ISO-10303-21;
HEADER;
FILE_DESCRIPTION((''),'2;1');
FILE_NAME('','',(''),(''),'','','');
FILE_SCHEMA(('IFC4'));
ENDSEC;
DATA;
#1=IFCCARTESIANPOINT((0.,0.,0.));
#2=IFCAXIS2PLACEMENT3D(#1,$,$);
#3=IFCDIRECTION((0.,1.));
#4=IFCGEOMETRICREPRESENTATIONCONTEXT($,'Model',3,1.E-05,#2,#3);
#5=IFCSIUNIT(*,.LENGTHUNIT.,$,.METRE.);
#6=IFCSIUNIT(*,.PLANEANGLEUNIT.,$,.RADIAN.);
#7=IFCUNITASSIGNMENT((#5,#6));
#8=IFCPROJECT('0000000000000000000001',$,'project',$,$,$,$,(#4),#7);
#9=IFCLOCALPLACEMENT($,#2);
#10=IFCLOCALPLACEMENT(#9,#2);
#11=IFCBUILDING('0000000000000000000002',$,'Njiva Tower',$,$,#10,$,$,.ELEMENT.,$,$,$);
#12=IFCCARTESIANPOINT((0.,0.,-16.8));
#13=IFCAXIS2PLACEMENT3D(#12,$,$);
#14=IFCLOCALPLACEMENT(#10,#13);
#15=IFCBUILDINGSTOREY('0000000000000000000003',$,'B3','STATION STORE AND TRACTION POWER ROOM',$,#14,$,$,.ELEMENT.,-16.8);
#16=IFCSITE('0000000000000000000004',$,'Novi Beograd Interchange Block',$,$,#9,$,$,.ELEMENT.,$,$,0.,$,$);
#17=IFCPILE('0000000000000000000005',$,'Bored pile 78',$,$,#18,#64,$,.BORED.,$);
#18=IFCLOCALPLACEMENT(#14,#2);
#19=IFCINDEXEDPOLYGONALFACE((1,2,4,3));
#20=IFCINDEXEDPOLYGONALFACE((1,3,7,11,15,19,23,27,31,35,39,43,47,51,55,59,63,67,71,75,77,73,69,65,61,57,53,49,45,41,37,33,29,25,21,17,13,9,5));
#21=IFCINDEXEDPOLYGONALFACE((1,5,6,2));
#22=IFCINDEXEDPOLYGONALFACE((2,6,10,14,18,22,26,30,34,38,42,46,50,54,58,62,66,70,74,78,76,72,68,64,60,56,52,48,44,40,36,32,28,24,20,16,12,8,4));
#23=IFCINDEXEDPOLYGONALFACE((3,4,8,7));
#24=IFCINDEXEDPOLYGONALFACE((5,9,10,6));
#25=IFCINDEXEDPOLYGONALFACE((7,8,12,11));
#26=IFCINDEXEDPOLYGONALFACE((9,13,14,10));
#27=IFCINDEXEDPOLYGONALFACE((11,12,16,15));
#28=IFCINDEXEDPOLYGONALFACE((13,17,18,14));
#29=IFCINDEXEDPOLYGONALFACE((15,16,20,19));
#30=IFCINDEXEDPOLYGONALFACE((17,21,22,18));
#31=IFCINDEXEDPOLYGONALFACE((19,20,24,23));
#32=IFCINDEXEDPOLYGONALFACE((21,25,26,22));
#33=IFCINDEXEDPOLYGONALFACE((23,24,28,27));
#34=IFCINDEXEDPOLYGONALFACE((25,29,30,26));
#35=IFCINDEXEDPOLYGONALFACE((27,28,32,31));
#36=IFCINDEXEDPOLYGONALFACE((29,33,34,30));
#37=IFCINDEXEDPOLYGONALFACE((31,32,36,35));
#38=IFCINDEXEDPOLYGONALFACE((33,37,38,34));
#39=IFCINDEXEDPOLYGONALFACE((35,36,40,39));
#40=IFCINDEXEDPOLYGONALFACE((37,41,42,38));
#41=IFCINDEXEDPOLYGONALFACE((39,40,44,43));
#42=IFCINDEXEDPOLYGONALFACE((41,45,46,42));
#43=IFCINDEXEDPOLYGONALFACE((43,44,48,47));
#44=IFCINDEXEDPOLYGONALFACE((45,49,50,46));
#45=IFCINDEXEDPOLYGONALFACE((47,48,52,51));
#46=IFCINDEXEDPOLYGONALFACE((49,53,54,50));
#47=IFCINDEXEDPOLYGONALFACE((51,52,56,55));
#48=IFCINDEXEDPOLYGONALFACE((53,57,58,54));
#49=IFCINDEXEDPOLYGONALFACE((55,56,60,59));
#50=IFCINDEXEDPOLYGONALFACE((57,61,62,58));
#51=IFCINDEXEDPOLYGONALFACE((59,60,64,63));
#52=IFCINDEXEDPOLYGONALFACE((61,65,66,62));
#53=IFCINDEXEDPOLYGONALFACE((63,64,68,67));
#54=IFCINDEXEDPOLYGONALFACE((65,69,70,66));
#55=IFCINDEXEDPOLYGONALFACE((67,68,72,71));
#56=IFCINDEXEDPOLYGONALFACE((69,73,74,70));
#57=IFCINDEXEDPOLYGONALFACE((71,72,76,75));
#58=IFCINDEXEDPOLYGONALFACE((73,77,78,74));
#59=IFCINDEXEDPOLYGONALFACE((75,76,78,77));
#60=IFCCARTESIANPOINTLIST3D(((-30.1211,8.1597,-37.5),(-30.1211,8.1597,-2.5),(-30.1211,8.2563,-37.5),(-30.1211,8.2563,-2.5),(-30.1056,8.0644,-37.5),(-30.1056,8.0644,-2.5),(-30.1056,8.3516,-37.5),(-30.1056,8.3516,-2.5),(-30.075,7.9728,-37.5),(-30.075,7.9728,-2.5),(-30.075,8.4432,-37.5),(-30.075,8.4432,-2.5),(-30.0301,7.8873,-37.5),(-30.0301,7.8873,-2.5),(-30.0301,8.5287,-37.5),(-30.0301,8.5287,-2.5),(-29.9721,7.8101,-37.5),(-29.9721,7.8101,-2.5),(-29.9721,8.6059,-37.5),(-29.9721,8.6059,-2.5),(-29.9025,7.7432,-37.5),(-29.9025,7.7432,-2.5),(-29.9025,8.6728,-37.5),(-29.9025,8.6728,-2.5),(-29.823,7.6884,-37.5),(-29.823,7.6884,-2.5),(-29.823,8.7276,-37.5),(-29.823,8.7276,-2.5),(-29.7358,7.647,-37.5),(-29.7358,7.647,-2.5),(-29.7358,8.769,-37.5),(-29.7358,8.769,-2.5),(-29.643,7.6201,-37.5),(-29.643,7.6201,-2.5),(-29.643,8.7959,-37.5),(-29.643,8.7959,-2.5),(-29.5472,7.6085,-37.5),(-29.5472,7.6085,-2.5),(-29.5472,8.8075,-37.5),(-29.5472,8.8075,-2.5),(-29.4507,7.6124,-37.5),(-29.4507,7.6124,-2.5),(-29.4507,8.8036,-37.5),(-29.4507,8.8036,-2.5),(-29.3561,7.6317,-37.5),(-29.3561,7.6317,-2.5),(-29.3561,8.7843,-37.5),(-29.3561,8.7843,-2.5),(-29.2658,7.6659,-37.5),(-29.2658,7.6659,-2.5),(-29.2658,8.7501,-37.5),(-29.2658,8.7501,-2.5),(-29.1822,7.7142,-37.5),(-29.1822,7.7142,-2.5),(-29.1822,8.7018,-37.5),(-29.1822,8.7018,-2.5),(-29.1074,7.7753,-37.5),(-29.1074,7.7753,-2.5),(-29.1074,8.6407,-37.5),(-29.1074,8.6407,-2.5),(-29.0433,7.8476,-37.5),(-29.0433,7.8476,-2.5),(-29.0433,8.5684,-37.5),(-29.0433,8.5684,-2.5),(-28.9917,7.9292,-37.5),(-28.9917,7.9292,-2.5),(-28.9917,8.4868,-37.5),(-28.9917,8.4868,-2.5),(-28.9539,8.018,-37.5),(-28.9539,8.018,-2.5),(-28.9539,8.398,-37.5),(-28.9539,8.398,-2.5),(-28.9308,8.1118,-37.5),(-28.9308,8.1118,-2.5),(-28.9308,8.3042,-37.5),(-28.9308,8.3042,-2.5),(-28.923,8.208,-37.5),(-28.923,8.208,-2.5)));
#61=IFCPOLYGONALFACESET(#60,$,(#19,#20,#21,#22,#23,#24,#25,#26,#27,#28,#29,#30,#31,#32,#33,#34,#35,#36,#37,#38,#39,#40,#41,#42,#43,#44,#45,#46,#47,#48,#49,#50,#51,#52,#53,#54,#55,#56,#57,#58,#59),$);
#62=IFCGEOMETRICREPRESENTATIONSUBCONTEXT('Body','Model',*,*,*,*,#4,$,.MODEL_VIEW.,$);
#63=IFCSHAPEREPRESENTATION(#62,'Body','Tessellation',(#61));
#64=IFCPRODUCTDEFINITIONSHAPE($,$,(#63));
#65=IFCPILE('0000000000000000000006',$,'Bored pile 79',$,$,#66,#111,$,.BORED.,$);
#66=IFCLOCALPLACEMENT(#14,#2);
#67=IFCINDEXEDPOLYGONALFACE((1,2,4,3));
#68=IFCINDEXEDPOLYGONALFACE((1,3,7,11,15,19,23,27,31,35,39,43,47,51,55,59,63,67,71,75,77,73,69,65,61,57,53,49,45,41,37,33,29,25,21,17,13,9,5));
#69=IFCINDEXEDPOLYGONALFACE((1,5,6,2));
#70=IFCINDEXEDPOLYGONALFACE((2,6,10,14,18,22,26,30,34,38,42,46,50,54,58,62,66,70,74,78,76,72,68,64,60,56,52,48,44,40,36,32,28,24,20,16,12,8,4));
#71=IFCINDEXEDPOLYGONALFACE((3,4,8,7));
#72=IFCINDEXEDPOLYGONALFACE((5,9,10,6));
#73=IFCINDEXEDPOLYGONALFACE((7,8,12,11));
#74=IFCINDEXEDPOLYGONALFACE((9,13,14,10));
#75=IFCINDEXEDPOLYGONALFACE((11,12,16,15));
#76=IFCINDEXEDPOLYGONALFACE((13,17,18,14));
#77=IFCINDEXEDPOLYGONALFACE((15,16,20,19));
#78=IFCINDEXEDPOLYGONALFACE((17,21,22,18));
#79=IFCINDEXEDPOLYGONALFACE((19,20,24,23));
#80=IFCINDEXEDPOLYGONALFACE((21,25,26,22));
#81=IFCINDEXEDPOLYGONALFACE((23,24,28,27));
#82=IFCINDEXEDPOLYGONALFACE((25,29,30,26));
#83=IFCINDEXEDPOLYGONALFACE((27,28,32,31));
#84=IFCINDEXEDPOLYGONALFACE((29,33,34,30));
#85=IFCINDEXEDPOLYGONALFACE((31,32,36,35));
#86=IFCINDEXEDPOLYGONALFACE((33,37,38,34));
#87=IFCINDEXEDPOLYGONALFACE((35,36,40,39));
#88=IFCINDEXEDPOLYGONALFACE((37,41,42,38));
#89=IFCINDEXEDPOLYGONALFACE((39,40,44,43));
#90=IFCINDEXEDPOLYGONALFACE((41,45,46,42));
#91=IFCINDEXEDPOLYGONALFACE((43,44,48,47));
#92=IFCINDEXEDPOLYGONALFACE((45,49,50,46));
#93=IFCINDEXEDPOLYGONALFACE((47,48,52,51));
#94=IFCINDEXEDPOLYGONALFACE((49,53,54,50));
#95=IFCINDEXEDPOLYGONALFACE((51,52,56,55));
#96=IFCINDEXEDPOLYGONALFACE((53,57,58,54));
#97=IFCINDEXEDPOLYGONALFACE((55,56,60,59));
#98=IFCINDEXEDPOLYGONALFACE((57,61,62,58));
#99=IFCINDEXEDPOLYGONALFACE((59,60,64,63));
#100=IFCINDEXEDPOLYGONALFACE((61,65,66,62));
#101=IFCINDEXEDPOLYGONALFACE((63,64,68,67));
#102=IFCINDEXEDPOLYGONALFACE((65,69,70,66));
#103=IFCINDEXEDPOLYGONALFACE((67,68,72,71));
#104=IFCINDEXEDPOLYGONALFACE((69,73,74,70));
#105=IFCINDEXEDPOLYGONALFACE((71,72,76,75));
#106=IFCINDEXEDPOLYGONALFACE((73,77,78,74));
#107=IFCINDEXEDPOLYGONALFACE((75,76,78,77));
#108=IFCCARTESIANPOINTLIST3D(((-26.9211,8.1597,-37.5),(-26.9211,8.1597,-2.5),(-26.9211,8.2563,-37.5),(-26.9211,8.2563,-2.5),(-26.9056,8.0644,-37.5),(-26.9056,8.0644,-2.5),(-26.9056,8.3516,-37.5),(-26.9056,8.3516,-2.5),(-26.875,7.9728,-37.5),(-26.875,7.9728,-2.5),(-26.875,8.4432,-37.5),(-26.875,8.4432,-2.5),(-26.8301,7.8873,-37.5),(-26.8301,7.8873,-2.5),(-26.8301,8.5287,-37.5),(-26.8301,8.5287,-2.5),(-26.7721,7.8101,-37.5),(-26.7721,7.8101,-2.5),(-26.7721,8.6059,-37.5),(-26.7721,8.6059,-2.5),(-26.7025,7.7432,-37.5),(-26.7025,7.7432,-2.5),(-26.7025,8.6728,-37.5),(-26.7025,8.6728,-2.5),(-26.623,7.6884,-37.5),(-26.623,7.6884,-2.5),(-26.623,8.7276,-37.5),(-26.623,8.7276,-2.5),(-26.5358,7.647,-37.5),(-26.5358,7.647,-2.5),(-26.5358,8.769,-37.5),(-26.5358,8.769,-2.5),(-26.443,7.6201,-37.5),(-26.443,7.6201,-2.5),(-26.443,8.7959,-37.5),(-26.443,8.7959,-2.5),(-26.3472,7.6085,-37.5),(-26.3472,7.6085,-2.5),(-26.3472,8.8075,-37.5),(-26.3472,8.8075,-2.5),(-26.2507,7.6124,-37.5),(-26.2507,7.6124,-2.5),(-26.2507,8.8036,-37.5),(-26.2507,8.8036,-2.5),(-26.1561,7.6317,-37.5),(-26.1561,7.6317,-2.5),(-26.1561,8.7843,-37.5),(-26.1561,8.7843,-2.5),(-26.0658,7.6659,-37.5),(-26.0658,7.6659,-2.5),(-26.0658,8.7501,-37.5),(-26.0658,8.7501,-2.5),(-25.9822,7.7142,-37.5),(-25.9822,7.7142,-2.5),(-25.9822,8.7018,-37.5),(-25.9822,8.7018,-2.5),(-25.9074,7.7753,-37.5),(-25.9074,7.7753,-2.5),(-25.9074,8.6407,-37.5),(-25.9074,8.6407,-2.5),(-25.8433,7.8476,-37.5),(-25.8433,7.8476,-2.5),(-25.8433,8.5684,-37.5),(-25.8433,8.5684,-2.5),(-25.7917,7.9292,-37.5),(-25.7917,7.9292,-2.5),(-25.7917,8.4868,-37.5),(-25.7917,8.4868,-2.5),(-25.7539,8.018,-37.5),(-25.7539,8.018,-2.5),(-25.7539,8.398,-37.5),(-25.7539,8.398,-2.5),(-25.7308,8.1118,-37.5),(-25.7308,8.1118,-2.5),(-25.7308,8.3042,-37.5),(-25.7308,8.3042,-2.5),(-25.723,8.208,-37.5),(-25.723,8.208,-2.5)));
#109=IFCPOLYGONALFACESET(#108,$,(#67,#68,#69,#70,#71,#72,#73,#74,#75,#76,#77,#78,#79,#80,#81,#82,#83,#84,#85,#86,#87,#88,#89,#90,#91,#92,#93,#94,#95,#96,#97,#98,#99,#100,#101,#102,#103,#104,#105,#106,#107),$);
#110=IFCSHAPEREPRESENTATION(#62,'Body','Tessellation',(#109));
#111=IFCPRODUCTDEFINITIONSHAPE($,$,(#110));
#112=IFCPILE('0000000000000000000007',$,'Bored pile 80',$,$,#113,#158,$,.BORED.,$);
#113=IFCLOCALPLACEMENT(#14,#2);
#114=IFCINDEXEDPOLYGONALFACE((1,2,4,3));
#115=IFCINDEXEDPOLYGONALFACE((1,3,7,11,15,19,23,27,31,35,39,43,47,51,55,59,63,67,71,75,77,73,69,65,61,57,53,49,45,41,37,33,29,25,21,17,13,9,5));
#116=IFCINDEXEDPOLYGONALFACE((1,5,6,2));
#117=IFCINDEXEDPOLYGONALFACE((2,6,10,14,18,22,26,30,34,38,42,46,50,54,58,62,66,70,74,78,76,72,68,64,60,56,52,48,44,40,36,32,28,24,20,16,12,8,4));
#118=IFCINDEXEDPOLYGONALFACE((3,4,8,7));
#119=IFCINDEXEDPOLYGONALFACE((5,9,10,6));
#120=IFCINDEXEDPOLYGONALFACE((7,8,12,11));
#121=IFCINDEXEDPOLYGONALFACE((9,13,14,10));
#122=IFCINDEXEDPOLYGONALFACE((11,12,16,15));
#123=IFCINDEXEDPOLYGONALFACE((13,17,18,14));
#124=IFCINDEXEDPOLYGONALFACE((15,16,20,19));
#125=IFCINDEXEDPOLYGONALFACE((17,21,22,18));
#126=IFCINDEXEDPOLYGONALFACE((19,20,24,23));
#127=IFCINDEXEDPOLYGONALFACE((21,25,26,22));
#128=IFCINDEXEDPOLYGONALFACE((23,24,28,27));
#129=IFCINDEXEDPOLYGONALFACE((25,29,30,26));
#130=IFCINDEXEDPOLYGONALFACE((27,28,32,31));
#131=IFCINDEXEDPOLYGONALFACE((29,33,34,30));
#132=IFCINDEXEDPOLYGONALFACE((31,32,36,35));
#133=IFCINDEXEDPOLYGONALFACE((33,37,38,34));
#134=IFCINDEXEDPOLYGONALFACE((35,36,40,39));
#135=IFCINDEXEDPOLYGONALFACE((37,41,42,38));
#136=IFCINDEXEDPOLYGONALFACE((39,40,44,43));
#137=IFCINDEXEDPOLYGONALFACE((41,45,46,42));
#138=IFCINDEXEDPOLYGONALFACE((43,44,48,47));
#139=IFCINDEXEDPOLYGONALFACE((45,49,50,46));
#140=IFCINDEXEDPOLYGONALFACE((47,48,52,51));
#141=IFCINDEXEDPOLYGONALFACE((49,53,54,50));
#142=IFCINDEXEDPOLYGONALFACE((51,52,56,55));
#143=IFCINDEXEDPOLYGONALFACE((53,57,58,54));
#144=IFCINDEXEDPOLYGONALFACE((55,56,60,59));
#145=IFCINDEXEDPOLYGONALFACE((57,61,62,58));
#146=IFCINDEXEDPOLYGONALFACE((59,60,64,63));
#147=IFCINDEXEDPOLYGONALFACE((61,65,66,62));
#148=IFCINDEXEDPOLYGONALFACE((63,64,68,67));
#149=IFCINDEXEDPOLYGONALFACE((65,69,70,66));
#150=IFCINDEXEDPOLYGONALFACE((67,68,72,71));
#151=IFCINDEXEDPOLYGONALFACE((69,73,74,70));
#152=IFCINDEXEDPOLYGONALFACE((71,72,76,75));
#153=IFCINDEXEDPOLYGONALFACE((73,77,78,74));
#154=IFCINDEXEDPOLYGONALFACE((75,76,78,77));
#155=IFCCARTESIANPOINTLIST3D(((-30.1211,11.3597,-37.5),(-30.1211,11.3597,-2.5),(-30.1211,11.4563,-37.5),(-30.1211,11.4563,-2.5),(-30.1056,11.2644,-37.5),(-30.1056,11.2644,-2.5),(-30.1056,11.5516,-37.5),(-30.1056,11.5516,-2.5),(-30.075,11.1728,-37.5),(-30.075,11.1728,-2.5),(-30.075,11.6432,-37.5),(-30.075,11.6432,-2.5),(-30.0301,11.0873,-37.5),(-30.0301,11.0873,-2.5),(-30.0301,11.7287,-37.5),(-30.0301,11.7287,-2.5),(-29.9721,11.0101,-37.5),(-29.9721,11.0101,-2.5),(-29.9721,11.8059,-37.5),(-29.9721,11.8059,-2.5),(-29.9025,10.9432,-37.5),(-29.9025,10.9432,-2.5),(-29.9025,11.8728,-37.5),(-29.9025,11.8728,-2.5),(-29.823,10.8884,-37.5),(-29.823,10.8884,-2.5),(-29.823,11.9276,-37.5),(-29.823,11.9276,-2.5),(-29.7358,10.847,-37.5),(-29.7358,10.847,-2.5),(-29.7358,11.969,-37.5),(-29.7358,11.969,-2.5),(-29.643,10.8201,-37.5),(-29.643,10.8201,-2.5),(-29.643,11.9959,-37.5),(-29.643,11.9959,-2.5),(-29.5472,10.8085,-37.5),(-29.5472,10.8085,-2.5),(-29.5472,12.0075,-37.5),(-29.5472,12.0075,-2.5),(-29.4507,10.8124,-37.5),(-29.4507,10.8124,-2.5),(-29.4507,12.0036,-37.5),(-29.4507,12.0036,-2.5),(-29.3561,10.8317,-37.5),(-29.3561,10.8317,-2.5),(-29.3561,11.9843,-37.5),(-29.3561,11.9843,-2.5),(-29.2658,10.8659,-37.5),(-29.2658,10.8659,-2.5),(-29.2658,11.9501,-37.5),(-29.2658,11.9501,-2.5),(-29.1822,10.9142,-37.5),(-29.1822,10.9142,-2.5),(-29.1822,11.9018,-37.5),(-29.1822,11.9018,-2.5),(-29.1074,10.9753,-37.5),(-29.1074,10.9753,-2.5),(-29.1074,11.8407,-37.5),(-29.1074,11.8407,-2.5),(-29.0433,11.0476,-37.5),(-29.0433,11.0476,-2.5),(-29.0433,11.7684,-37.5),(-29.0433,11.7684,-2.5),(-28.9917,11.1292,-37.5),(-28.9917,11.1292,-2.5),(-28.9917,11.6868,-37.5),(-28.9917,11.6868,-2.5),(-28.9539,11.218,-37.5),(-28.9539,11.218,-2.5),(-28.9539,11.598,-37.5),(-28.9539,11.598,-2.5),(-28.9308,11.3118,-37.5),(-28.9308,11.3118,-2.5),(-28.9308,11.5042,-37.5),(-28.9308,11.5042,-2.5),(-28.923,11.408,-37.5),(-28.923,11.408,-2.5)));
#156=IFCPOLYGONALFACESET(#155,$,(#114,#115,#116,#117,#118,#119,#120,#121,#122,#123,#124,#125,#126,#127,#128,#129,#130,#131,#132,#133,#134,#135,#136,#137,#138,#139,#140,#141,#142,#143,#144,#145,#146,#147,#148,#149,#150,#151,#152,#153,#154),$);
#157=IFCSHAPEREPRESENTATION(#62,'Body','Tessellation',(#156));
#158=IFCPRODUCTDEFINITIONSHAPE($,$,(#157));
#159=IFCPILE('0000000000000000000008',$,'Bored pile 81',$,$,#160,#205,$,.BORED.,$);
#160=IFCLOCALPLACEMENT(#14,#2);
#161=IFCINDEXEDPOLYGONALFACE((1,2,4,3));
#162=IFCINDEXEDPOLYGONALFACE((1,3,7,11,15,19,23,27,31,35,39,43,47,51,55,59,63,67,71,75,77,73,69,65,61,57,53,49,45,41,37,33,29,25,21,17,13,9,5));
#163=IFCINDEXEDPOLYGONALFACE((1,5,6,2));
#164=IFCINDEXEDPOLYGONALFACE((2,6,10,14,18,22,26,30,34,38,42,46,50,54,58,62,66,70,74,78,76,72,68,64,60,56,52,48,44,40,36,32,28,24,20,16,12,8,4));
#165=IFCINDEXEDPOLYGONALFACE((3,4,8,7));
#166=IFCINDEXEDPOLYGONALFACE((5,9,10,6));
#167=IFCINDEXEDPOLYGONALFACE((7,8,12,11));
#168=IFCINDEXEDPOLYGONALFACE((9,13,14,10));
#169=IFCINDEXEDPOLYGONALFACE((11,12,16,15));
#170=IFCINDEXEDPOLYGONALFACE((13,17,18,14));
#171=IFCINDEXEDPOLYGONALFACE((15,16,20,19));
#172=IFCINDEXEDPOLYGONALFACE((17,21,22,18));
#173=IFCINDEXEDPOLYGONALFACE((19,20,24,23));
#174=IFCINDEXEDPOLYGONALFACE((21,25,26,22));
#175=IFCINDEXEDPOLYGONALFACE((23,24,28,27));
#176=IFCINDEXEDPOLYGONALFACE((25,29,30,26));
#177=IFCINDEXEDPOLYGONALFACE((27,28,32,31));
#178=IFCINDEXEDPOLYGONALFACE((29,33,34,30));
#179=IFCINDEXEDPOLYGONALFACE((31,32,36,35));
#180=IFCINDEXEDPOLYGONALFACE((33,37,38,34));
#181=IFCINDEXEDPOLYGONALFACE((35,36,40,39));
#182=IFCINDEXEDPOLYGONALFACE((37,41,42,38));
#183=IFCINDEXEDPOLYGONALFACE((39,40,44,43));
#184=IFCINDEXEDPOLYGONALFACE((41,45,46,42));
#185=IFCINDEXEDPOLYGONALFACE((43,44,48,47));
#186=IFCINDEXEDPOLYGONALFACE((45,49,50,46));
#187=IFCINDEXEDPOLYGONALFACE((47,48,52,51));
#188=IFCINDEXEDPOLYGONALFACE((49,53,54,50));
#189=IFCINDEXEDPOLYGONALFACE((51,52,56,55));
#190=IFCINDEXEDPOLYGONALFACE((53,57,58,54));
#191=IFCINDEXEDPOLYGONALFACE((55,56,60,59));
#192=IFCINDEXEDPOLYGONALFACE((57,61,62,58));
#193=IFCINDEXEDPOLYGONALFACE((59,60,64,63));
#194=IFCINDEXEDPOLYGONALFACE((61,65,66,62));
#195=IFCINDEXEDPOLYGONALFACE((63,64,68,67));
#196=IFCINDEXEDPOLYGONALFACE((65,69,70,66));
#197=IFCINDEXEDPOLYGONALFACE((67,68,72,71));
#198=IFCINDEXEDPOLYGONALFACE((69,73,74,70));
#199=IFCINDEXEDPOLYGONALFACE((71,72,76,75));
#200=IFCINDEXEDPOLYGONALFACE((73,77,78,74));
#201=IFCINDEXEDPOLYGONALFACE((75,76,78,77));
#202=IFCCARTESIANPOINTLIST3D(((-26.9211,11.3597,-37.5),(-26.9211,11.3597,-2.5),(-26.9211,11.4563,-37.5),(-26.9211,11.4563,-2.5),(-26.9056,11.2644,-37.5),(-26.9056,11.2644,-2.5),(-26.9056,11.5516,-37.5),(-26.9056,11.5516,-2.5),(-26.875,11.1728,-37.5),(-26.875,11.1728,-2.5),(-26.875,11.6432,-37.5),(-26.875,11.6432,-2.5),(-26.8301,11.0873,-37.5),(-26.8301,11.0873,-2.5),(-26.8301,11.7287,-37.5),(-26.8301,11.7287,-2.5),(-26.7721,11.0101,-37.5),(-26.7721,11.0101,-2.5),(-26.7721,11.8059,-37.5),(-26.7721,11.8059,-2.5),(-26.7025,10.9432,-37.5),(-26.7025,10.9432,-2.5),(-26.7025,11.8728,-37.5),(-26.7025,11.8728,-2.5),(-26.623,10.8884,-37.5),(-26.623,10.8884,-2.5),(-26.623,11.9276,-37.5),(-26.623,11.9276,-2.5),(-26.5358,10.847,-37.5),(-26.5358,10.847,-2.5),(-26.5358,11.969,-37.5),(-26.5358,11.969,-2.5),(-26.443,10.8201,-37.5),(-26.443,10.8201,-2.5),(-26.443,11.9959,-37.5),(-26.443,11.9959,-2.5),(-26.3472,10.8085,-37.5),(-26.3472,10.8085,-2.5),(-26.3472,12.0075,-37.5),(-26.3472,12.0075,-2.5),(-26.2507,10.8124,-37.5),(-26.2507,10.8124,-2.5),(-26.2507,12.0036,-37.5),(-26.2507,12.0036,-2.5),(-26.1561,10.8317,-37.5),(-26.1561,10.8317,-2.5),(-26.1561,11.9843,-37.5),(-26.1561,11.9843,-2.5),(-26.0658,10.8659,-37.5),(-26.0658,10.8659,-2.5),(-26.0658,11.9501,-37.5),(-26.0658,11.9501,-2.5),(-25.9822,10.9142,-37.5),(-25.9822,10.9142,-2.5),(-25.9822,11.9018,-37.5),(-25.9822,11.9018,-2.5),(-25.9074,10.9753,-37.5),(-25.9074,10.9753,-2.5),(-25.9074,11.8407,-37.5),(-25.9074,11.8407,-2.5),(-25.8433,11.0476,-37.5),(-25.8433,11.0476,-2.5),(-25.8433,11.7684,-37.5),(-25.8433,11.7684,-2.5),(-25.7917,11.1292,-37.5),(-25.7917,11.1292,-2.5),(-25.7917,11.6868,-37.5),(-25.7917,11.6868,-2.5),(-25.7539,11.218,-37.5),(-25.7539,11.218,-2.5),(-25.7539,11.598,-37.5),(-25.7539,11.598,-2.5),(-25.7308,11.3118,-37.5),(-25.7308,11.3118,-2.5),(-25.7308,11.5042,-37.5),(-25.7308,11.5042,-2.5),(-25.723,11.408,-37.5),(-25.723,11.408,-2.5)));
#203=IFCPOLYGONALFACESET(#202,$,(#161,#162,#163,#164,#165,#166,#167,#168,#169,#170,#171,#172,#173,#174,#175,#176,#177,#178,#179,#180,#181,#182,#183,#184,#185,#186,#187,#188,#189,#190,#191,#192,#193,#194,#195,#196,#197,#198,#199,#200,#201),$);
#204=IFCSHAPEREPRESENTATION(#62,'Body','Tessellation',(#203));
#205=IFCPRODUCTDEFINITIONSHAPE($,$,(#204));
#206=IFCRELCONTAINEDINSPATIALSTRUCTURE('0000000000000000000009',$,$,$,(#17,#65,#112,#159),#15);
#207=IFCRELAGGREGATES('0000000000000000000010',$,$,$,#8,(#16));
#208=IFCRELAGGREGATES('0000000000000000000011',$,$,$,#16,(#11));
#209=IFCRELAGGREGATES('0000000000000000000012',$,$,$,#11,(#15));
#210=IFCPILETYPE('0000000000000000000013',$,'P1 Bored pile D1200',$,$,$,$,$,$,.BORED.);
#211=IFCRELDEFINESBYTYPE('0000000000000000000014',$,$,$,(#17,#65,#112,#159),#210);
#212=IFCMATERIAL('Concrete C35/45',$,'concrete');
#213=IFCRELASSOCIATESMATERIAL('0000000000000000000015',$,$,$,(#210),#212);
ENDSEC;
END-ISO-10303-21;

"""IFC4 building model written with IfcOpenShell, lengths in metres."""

from ifc_helpers import new_model, si_unit, direction, frame, origin, origin_2d, place, context, subcontext, project, spatial, circle, extrude, material, material_profile, profile_set, type_object, element, save


model = new_model("IFC4")

# Units and contexts
model_context = context("Model", 3, precision=1e-05, world=origin(), true_north=direction((0.0, 1.0)))
body_context = subcontext(model_context, "Body", "Model", "MODEL_VIEW")
ifc_project = project(units=[si_unit("LENGTHUNIT", "METRE"), si_unit("PLANEANGLEUNIT", "RADIAN")], contexts=[model_context])

# Site, building, storey
site_placement = place(None, origin())
site = spatial("IfcSite", under=ifc_project, at=site_placement, Name="Novi Beograd Interchange Block", CompositionType="ELEMENT", RefElevation=0.0)
building_placement = place(site_placement, origin())
building = spatial("IfcBuilding", under=site, at=building_placement, Name="Njiva Tower", CompositionType="ELEMENT")
storey_placement = place(building_placement, frame((0.0, 0.0, -16.8)))
storey = spatial("IfcBuildingStorey", under=building, at=storey_placement, Name="B3", Description="STATION STORE AND TRACTION POWER ROOM", CompositionType="ELEMENT", Elevation=-16.8)

# Piles
ifc_material_1 = material(Name="Concrete C35/45", Category="concrete")
ifc_material_profile_1 = material_profile(ifc_material_1, circle(Radius=0.6, at=origin_2d()), Name="D1200")
ifc_profile_set_1 = profile_set([ifc_material_profile_1], Name="Concrete C35/45")
pile_type = type_object("IfcPileType", Name="P1 Bored pile D1200", PredefinedType="BORED", material=ifc_profile_set_1)
for number, where, z_axis, x_axis, name in (
    (1, (-29.523, 8.208, -2.5), (0.0, 0.0, -1.0), (1.0, 0.0, 0.0), "Bored pile 78"),
    (2, (-26.323, 8.208, -2.5), (0.0, 0.0, -1.0), (1.0, 0.0, 0.0), "Bored pile 79"),
    (3, (-29.523, 11.408, -2.5), (0.0, 0.0, -1.0), (1.0, 0.0, 0.0), "Bored pile 80"),
    (4, (-26.323, 11.408, -2.5), (0.0, 0.0, -1.0), (1.0, 0.0, 0.0), "Bored pile 81"),
):
    element("IfcPile", number, at=place(storey_placement, frame(where, z_axis=z_axis, x_axis=x_axis)), inside=storey, type_object=pile_type, Name=name, PredefinedType="BORED", context=body_context, shape_type="SweptSolid", body=[
        extrude(circle(Radius=0.6, at=origin_2d()), origin(), (0.0, 0.0, 1.0), 35.0),
    ])

save(model, "model.ifc")
